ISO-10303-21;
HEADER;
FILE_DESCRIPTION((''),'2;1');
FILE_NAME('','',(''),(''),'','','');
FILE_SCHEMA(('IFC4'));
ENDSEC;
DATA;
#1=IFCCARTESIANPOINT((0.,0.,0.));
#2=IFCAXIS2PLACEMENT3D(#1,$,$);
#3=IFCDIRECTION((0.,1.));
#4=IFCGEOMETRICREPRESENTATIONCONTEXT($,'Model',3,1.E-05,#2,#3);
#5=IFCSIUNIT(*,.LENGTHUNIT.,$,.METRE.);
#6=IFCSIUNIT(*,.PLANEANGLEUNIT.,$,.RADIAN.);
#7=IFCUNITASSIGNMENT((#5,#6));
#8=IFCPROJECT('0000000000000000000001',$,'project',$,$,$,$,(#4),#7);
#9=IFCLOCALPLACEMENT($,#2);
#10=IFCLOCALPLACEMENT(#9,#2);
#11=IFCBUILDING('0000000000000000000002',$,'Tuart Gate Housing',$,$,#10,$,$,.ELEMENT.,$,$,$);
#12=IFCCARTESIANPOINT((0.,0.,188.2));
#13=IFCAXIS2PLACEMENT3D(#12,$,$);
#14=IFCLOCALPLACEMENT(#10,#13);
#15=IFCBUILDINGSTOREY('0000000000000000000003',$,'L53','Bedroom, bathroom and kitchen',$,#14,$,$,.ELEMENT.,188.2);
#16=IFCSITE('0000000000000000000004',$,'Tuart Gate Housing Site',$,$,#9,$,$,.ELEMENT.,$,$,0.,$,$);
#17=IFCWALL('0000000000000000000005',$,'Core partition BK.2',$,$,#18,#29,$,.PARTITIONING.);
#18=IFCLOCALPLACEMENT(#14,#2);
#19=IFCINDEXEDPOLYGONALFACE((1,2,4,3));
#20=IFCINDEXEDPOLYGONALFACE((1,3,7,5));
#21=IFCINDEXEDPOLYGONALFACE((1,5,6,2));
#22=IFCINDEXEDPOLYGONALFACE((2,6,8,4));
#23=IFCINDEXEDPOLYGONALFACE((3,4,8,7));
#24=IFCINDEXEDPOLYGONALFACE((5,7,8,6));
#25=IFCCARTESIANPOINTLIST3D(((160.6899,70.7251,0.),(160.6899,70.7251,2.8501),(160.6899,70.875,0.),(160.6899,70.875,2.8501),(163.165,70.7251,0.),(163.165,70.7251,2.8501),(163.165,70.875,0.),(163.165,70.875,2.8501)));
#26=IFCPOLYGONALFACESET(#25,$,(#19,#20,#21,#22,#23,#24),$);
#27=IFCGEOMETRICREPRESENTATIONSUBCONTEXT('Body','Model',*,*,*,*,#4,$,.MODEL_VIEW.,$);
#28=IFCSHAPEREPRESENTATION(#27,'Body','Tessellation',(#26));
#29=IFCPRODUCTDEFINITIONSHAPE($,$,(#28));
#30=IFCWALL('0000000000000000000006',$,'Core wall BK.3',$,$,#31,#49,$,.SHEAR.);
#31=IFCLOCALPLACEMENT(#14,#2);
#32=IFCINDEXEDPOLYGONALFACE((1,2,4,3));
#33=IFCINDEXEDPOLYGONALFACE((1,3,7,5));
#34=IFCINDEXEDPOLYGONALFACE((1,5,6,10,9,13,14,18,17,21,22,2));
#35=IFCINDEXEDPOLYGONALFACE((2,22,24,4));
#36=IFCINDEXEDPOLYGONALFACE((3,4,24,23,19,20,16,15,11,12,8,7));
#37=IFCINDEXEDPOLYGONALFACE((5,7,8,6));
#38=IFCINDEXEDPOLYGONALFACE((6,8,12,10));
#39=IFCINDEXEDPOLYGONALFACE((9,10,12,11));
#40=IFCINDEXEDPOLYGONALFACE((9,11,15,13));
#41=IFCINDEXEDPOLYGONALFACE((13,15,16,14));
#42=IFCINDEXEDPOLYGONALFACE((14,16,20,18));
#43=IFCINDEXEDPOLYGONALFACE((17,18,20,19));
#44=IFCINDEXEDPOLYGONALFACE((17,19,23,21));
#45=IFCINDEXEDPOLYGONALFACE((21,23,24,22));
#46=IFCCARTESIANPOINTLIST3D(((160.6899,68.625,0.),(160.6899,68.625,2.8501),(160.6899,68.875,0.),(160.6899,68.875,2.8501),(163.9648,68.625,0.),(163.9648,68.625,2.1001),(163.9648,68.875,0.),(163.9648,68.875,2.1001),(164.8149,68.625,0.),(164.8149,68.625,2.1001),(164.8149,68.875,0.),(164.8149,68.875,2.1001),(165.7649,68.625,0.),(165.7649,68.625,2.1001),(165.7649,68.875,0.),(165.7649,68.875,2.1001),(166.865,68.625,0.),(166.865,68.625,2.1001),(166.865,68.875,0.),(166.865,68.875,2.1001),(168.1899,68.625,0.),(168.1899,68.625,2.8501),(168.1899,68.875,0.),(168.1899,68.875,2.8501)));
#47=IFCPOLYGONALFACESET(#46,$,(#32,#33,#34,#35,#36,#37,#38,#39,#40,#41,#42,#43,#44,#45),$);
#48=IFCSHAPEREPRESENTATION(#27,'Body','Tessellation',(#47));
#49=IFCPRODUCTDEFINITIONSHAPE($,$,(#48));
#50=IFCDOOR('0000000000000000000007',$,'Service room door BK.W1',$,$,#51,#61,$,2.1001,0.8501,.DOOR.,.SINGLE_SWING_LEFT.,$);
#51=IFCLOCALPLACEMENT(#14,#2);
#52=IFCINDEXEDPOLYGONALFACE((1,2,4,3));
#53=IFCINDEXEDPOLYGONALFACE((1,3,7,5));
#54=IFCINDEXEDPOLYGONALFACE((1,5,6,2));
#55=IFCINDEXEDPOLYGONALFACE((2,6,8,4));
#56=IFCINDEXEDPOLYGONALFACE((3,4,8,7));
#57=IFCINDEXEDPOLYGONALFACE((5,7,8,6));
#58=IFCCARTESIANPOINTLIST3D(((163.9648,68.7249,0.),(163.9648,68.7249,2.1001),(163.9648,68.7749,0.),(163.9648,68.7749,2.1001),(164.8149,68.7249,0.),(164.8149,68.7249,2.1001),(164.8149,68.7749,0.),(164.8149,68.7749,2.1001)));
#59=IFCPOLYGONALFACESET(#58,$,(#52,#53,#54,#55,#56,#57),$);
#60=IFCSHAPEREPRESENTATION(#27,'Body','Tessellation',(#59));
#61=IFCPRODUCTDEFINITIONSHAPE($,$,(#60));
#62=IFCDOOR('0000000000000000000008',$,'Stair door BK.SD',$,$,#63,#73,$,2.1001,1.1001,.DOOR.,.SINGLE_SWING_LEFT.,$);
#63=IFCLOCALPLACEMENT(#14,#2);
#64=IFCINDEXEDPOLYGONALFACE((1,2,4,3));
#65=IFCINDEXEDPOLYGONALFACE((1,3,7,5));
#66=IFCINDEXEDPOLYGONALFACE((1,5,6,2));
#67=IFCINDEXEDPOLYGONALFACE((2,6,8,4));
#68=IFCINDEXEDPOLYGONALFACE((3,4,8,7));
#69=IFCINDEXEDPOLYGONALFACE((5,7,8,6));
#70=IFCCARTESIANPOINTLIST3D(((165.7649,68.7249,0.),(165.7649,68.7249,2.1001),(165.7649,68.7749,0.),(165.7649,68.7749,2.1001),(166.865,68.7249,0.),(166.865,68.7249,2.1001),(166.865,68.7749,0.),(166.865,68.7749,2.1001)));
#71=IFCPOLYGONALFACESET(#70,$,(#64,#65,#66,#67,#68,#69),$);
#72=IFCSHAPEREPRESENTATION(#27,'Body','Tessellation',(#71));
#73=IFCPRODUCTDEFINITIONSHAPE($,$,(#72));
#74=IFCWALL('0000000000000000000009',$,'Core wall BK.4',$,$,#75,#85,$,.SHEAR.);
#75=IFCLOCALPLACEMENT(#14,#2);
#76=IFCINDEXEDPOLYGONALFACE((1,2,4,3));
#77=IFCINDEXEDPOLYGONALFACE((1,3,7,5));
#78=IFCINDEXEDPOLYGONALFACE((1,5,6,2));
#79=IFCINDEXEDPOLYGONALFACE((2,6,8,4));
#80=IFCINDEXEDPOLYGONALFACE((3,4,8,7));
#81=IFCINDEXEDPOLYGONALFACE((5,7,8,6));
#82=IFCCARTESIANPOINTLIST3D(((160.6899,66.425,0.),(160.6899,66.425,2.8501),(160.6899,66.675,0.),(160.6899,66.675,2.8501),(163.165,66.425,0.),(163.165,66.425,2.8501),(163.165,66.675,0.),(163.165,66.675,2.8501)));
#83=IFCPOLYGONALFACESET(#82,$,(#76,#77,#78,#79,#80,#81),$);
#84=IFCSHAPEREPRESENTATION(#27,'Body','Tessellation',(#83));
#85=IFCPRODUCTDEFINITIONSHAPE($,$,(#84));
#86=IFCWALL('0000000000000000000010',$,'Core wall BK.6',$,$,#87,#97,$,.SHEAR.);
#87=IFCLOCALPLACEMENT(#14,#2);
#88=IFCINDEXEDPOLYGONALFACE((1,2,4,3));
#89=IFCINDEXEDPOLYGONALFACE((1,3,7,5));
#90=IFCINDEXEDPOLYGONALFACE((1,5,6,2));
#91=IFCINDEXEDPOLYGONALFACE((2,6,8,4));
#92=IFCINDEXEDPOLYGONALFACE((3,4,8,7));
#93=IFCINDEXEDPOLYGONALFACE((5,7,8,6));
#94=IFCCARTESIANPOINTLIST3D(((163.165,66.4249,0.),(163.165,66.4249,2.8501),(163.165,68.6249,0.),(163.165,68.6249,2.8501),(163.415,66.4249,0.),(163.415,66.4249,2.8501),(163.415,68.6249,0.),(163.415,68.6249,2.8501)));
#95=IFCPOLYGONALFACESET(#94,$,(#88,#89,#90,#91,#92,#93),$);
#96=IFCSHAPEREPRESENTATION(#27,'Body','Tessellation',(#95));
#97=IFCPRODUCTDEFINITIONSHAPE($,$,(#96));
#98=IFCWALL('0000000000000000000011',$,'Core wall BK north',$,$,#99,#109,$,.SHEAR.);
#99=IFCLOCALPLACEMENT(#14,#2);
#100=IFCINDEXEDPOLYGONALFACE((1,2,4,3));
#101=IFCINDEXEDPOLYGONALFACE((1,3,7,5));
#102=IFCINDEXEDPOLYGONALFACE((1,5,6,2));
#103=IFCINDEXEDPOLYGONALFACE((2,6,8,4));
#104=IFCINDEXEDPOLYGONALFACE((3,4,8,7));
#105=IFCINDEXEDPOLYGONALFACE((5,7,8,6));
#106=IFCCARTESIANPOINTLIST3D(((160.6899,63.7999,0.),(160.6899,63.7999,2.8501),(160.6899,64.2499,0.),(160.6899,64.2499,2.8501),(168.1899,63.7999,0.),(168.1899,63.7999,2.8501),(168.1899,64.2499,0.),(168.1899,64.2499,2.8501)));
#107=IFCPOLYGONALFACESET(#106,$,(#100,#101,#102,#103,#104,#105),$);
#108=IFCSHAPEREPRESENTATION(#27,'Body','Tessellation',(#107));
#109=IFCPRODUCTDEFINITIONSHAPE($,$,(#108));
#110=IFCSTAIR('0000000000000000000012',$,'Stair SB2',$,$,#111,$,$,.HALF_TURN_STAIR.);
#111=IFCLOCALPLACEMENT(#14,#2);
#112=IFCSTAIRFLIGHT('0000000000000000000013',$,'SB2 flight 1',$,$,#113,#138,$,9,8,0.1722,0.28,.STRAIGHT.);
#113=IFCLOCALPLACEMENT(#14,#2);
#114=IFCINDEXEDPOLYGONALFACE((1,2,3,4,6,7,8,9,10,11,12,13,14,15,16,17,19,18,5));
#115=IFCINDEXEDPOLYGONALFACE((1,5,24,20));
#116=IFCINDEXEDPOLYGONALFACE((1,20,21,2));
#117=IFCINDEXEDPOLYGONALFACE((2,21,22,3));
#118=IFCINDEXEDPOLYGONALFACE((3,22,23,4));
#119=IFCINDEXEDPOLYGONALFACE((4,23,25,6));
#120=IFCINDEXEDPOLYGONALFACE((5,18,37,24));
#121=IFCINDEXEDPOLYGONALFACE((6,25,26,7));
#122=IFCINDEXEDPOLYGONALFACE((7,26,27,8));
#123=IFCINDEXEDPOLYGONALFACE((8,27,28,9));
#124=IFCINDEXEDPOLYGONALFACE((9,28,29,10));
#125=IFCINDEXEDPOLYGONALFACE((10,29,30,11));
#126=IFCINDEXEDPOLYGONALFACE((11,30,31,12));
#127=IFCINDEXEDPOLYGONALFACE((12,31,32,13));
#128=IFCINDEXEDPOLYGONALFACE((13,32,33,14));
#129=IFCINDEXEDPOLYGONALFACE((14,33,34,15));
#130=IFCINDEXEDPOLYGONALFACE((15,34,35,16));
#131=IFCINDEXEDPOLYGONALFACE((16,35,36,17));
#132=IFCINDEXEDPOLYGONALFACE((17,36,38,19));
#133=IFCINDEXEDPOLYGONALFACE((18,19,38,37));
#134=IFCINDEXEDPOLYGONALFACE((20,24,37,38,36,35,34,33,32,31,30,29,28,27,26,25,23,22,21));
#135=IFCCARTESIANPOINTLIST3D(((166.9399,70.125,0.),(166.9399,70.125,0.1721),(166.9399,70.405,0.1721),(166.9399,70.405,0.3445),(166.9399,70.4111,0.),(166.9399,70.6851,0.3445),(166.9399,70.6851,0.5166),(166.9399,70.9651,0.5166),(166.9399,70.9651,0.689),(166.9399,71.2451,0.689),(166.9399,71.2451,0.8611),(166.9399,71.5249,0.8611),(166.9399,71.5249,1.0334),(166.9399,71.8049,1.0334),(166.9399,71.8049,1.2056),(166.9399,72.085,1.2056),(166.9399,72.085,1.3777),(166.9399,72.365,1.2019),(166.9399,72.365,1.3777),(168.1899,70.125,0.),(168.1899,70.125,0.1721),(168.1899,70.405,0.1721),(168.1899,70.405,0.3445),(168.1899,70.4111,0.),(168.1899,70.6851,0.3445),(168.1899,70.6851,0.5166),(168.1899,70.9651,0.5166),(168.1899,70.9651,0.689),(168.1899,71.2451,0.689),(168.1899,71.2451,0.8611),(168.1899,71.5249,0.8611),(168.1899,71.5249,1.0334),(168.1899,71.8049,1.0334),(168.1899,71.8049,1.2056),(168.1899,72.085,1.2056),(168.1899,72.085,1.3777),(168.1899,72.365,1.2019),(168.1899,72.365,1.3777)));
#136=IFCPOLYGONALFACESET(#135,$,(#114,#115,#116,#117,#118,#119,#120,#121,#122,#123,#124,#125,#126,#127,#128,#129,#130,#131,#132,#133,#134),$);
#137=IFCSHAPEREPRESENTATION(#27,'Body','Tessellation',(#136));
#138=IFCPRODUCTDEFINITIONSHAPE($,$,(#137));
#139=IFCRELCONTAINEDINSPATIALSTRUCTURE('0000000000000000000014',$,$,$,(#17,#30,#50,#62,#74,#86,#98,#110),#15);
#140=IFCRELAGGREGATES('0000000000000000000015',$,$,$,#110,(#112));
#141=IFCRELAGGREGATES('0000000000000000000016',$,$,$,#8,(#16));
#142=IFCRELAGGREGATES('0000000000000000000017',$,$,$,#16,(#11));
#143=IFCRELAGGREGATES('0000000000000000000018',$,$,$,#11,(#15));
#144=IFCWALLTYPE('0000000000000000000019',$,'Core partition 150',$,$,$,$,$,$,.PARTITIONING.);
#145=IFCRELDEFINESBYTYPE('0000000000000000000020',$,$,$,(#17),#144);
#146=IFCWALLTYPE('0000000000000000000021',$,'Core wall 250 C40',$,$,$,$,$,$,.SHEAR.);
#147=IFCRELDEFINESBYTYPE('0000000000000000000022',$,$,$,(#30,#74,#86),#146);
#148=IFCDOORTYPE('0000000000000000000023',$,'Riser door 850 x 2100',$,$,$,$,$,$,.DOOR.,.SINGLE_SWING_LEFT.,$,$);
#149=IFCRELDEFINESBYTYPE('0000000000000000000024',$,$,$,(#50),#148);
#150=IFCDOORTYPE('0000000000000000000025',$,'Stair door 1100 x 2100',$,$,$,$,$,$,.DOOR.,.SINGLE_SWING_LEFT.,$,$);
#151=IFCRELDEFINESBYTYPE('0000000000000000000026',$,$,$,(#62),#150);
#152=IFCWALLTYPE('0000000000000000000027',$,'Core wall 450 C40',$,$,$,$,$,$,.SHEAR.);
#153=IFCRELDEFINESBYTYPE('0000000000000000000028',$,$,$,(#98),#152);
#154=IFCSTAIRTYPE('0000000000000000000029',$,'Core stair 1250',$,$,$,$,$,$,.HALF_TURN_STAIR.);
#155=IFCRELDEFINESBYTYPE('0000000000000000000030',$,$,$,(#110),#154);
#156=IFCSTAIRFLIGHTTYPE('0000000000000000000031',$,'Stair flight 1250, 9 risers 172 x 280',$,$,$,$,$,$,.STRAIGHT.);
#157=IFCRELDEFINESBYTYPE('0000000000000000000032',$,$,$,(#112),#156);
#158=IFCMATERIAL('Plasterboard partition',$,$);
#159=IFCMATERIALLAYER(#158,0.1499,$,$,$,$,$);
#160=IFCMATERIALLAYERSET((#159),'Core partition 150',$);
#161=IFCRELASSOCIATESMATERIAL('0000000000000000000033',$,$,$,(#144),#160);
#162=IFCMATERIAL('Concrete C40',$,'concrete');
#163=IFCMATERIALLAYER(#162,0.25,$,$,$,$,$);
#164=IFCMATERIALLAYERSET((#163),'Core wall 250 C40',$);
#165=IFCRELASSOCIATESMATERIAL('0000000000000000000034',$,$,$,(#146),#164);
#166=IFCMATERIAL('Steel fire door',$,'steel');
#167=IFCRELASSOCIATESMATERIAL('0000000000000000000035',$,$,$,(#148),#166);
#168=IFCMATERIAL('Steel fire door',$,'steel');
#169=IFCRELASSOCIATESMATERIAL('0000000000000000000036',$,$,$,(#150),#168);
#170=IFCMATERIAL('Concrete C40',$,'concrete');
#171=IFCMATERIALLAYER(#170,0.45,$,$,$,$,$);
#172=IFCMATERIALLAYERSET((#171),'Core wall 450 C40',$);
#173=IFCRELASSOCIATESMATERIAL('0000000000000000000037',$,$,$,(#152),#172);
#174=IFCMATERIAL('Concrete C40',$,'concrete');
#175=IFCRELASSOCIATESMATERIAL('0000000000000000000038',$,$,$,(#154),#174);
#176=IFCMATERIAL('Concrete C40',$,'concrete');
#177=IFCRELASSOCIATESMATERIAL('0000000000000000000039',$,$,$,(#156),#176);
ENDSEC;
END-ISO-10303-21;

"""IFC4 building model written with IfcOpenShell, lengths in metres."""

from ifc_helpers import new_model, si_unit, direction, frame, frame_2d, origin, place, context, subcontext, project, spatial, polyline, rectangle, outline, extrude, material, layer, layer_set, type_object, element, fill, aggregate, save


model = new_model("IFC4")

# Units and contexts
model_context = context("Model", 3, precision=1e-05, world=origin(), true_north=direction((0.0, 1.0)))
body_context = subcontext(model_context, "Body", "Model", "MODEL_VIEW")
ifc_project = project(units=[si_unit("LENGTHUNIT", "METRE"), si_unit("PLANEANGLEUNIT", "RADIAN")], contexts=[model_context])

# Site, building, storey
site_placement = place(None, origin())
site = spatial("IfcSite", under=ifc_project, at=site_placement, Name="Tuart Gate Housing Site", CompositionType="ELEMENT", RefElevation=0.0)
building_placement = place(site_placement, origin())
building = spatial("IfcBuilding", under=site, at=building_placement, Name="Tuart Gate Housing", CompositionType="ELEMENT")
storey_placement = place(building_placement, frame((0.0, 0.0, 188.2)))
storey = spatial("IfcBuildingStorey", under=building, at=storey_placement, Name="L53", Description="Bedroom, bathroom and kitchen", CompositionType="ELEMENT", Elevation=188.2)

# Wall
ifc_material_1 = material(Name="Plasterboard partition")
ifc_layer_1 = layer(ifc_material_1, 0.1499)
ifc_layer_set_1 = layer_set([ifc_layer_1], Name="Core partition 150")
wall_type_1 = type_object("IfcWallType", Name="Core partition 150", PredefinedType="PARTITIONING", material=ifc_layer_set_1)
wall_1_placement = place(storey_placement, frame((160.6899, 70.8, 0.0), z_axis=(0.0, 0.0, 1.0), x_axis=(1.0, 0.0, 0.0)))
element("IfcWall", 1, at=wall_1_placement, inside=storey, type_object=wall_type_1, Name="Core partition BK.2", PredefinedType="PARTITIONING", context=body_context, shape_type="SweptSolid", body=[
    extrude(rectangle(XDim=2.4751, YDim=0.1499, at=frame_2d((1.2375, 0.0))), origin(), (0.0, 0.0, 1.0), 2.8501),
])

# Wall, openings, doors
ifc_material_2 = material(Name="Concrete C40", Category="concrete")
ifc_layer_2 = layer(ifc_material_2, 0.25)
ifc_layer_set_2 = layer_set([ifc_layer_2], Name="Core wall 250 C40")
wall_type_2 = type_object("IfcWallType", Name="Core wall 250 C40", PredefinedType="SHEAR", material=ifc_layer_set_2)
wall_2_placement = place(storey_placement, frame((160.6899, 68.75, 0.0), z_axis=(0.0, 0.0, 1.0), x_axis=(1.0, 0.0, 0.0)))
wall_2 = element("IfcWall", 2, at=wall_2_placement, inside=storey, type_object=wall_type_2, Name="Core wall BK.3", PredefinedType="SHEAR", context=body_context, shape_type="SweptSolid", body=[
    extrude(rectangle(XDim=7.5, YDim=0.25, at=frame_2d((3.75, 0.0))), origin(), (0.0, 0.0, 1.0), 2.8501),
])
opening_1_placement = place(wall_2_placement, frame((5.075, 0.0, 0.0)))
opening_1 = element("IfcOpeningElement", 3, at=opening_1_placement, cuts=wall_2, PredefinedType="OPENING", context=body_context, shape_type="SweptSolid", body=[
    extrude(rectangle(XDim=1.1001, YDim=2.1001, at=frame_2d((0.55, 1.05))), frame((0.0, 0.135, 0.0), z_axis=(0.0, -1.0, 0.0), x_axis=(1.0, 0.0, 0.0)), (0.0, 0.0, 1.0), 0.27),
])
opening_2_placement = place(wall_2_placement, frame((3.2749, 0.0, 0.0)))
opening_2 = element("IfcOpeningElement", 4, at=opening_2_placement, cuts=wall_2, PredefinedType="OPENING", context=body_context, shape_type="SweptSolid", body=[
    extrude(rectangle(XDim=0.8501, YDim=2.1001, at=frame_2d((0.425, 1.05))), frame((0.0, 0.135, 0.0), z_axis=(0.0, -1.0, 0.0), x_axis=(1.0, 0.0, 0.0)), (0.0, 0.0, 1.0), 0.27),
])
ifc_material_3 = material(Name="Steel fire door", Category="steel")
door_type_1 = type_object("IfcDoorType", Name="Riser door 850 x 2100", OperationType="SINGLE_SWING_LEFT", PredefinedType="DOOR", material=ifc_material_3)
door_1_placement = place(opening_2_placement, origin())
door_1 = element("IfcDoor", 5, at=door_1_placement, inside=storey, type_object=door_type_1, Name="Service room door BK.W1", OperationType="SINGLE_SWING_LEFT", OverallHeight=2.1001, OverallWidth=0.8501, PredefinedType="DOOR", context=body_context, shape_type="SweptSolid", body=[
    extrude(rectangle(XDim=0.8501, YDim=2.1001, at=frame_2d((0.425, 1.05))), frame((0.0, 0.0249, 0.0), z_axis=(0.0, -1.0, 0.0), x_axis=(1.0, 0.0, 0.0)), (0.0, 0.0, 1.0), 0.05),
])
fill(opening_2, door_1)
ifc_material_4 = material(Name="Steel fire door", Category="steel")
door_type_2 = type_object("IfcDoorType", Name="Stair door 1100 x 2100", OperationType="SINGLE_SWING_LEFT", PredefinedType="DOOR", material=ifc_material_4)
door_2_placement = place(opening_1_placement, origin())
door_2 = element("IfcDoor", 6, at=door_2_placement, inside=storey, type_object=door_type_2, Name="Stair door BK.SD", OperationType="SINGLE_SWING_LEFT", OverallHeight=2.1001, OverallWidth=1.1001, PredefinedType="DOOR", context=body_context, shape_type="SweptSolid", body=[
    extrude(rectangle(XDim=1.1001, YDim=2.1001, at=frame_2d((0.55, 1.05))), frame((0.0, 0.0249, 0.0), z_axis=(0.0, -1.0, 0.0), x_axis=(1.0, 0.0, 0.0)), (0.0, 0.0, 1.0), 0.05),
])
fill(opening_1, door_2)

# Walls
wall_3_placement = place(storey_placement, frame((160.6899, 66.55, 0.0), z_axis=(0.0, 0.0, 1.0), x_axis=(1.0, 0.0, 0.0)))
element("IfcWall", 7, at=wall_3_placement, inside=storey, type_object=wall_type_2, Name="Core wall BK.4", PredefinedType="SHEAR", context=body_context, shape_type="SweptSolid", body=[
    extrude(rectangle(XDim=2.4751, YDim=0.25, at=frame_2d((1.2375, 0.0))), origin(), (0.0, 0.0, 1.0), 2.8501),
])
wall_4_placement = place(storey_placement, frame((163.29, 68.625, 0.0), z_axis=(0.0, 0.0, 1.0), x_axis=(0.0, -1.0, 0.0)))
element("IfcWall", 8, at=wall_4_placement, inside=storey, type_object=wall_type_2, Name="Core wall BK.6", PredefinedType="SHEAR", context=body_context, shape_type="SweptSolid", body=[
    extrude(rectangle(XDim=2.2, YDim=0.25, at=frame_2d((1.1001, 0.0))), origin(), (0.0, 0.0, 1.0), 2.8501),
])
ifc_material_5 = material(Name="Concrete C40", Category="concrete")
ifc_layer_3 = layer(ifc_material_5, 0.45)
ifc_layer_set_3 = layer_set([ifc_layer_3], Name="Core wall 450 C40")
wall_type_3 = type_object("IfcWallType", Name="Core wall 450 C40", PredefinedType="SHEAR", material=ifc_layer_set_3)
wall_5_placement = place(storey_placement, frame((160.6899, 64.0249, 0.0), z_axis=(0.0, 0.0, 1.0), x_axis=(1.0, 0.0, 0.0)))
element("IfcWall", 9, at=wall_5_placement, inside=storey, type_object=wall_type_3, Name="Core wall BK north", PredefinedType="SHEAR", context=body_context, shape_type="SweptSolid", body=[
    extrude(rectangle(XDim=7.5, YDim=0.45, at=frame_2d((3.75, 0.0))), origin(), (0.0, 0.0, 1.0), 2.8501),
])

# Stair, stair flight
ifc_material_6 = material(Name="Concrete C40", Category="concrete")
stair_type = type_object("IfcStairType", Name="Core stair 1250", PredefinedType="HALF_TURN_STAIR", material=ifc_material_6)
stair_placement = place(storey_placement, origin())
stair = element("IfcStair", 10, at=stair_placement, inside=storey, type_object=stair_type, Name="Stair SB2", PredefinedType="HALF_TURN_STAIR")
ifc_material_7 = material(Name="Concrete C40", Category="concrete")
stair_flight_type = type_object("IfcStairFlightType", Name="Stair flight 1250, 9 risers 172 x 280", PredefinedType="STRAIGHT", material=ifc_material_7)
stair_flight_placement = place(storey_placement, frame((167.5649, 70.125, 0.0), z_axis=(0.0, 0.0, 1.0), x_axis=(0.0, 1.0, 0.0)))
stair_flight = element("IfcStairFlight", 11, at=stair_flight_placement, type_object=stair_flight_type, Name="SB2 flight 1", NumberOfRisers=9, NumberOfTreads=8, PredefinedType="STRAIGHT", RiserHeight=0.1722, TreadLength=0.28, context=body_context, shape_type="SweptSolid", body=[
    extrude(outline(polyline([(0.0, 0.0), (0.0, 0.1721), (0.28, 0.1721), (0.28, 0.3445), (0.5601, 0.3445), (0.5601, 0.5166), (0.8401, 0.5166), (0.8401, 0.689), (1.1201, 0.689), (1.1201, 0.8611), (1.3999, 0.8611), (1.3999, 1.0334), (1.6799, 1.0334), (1.6799, 1.2056), (1.96, 1.2056), (1.96, 1.3777), (2.24, 1.3777), (2.24, 1.55), (2.24, 1.2019), (0.2861, 0.0), (0.0, 0.0)])), frame((0.0, 0.625, 0.0), z_axis=(0.0, -1.0, 0.0), x_axis=(1.0, 0.0, 0.0)), (0.0, 0.0, 1.0), 1.25),
])
aggregate(stair, [stair_flight])

save(model, "model.ifc")
